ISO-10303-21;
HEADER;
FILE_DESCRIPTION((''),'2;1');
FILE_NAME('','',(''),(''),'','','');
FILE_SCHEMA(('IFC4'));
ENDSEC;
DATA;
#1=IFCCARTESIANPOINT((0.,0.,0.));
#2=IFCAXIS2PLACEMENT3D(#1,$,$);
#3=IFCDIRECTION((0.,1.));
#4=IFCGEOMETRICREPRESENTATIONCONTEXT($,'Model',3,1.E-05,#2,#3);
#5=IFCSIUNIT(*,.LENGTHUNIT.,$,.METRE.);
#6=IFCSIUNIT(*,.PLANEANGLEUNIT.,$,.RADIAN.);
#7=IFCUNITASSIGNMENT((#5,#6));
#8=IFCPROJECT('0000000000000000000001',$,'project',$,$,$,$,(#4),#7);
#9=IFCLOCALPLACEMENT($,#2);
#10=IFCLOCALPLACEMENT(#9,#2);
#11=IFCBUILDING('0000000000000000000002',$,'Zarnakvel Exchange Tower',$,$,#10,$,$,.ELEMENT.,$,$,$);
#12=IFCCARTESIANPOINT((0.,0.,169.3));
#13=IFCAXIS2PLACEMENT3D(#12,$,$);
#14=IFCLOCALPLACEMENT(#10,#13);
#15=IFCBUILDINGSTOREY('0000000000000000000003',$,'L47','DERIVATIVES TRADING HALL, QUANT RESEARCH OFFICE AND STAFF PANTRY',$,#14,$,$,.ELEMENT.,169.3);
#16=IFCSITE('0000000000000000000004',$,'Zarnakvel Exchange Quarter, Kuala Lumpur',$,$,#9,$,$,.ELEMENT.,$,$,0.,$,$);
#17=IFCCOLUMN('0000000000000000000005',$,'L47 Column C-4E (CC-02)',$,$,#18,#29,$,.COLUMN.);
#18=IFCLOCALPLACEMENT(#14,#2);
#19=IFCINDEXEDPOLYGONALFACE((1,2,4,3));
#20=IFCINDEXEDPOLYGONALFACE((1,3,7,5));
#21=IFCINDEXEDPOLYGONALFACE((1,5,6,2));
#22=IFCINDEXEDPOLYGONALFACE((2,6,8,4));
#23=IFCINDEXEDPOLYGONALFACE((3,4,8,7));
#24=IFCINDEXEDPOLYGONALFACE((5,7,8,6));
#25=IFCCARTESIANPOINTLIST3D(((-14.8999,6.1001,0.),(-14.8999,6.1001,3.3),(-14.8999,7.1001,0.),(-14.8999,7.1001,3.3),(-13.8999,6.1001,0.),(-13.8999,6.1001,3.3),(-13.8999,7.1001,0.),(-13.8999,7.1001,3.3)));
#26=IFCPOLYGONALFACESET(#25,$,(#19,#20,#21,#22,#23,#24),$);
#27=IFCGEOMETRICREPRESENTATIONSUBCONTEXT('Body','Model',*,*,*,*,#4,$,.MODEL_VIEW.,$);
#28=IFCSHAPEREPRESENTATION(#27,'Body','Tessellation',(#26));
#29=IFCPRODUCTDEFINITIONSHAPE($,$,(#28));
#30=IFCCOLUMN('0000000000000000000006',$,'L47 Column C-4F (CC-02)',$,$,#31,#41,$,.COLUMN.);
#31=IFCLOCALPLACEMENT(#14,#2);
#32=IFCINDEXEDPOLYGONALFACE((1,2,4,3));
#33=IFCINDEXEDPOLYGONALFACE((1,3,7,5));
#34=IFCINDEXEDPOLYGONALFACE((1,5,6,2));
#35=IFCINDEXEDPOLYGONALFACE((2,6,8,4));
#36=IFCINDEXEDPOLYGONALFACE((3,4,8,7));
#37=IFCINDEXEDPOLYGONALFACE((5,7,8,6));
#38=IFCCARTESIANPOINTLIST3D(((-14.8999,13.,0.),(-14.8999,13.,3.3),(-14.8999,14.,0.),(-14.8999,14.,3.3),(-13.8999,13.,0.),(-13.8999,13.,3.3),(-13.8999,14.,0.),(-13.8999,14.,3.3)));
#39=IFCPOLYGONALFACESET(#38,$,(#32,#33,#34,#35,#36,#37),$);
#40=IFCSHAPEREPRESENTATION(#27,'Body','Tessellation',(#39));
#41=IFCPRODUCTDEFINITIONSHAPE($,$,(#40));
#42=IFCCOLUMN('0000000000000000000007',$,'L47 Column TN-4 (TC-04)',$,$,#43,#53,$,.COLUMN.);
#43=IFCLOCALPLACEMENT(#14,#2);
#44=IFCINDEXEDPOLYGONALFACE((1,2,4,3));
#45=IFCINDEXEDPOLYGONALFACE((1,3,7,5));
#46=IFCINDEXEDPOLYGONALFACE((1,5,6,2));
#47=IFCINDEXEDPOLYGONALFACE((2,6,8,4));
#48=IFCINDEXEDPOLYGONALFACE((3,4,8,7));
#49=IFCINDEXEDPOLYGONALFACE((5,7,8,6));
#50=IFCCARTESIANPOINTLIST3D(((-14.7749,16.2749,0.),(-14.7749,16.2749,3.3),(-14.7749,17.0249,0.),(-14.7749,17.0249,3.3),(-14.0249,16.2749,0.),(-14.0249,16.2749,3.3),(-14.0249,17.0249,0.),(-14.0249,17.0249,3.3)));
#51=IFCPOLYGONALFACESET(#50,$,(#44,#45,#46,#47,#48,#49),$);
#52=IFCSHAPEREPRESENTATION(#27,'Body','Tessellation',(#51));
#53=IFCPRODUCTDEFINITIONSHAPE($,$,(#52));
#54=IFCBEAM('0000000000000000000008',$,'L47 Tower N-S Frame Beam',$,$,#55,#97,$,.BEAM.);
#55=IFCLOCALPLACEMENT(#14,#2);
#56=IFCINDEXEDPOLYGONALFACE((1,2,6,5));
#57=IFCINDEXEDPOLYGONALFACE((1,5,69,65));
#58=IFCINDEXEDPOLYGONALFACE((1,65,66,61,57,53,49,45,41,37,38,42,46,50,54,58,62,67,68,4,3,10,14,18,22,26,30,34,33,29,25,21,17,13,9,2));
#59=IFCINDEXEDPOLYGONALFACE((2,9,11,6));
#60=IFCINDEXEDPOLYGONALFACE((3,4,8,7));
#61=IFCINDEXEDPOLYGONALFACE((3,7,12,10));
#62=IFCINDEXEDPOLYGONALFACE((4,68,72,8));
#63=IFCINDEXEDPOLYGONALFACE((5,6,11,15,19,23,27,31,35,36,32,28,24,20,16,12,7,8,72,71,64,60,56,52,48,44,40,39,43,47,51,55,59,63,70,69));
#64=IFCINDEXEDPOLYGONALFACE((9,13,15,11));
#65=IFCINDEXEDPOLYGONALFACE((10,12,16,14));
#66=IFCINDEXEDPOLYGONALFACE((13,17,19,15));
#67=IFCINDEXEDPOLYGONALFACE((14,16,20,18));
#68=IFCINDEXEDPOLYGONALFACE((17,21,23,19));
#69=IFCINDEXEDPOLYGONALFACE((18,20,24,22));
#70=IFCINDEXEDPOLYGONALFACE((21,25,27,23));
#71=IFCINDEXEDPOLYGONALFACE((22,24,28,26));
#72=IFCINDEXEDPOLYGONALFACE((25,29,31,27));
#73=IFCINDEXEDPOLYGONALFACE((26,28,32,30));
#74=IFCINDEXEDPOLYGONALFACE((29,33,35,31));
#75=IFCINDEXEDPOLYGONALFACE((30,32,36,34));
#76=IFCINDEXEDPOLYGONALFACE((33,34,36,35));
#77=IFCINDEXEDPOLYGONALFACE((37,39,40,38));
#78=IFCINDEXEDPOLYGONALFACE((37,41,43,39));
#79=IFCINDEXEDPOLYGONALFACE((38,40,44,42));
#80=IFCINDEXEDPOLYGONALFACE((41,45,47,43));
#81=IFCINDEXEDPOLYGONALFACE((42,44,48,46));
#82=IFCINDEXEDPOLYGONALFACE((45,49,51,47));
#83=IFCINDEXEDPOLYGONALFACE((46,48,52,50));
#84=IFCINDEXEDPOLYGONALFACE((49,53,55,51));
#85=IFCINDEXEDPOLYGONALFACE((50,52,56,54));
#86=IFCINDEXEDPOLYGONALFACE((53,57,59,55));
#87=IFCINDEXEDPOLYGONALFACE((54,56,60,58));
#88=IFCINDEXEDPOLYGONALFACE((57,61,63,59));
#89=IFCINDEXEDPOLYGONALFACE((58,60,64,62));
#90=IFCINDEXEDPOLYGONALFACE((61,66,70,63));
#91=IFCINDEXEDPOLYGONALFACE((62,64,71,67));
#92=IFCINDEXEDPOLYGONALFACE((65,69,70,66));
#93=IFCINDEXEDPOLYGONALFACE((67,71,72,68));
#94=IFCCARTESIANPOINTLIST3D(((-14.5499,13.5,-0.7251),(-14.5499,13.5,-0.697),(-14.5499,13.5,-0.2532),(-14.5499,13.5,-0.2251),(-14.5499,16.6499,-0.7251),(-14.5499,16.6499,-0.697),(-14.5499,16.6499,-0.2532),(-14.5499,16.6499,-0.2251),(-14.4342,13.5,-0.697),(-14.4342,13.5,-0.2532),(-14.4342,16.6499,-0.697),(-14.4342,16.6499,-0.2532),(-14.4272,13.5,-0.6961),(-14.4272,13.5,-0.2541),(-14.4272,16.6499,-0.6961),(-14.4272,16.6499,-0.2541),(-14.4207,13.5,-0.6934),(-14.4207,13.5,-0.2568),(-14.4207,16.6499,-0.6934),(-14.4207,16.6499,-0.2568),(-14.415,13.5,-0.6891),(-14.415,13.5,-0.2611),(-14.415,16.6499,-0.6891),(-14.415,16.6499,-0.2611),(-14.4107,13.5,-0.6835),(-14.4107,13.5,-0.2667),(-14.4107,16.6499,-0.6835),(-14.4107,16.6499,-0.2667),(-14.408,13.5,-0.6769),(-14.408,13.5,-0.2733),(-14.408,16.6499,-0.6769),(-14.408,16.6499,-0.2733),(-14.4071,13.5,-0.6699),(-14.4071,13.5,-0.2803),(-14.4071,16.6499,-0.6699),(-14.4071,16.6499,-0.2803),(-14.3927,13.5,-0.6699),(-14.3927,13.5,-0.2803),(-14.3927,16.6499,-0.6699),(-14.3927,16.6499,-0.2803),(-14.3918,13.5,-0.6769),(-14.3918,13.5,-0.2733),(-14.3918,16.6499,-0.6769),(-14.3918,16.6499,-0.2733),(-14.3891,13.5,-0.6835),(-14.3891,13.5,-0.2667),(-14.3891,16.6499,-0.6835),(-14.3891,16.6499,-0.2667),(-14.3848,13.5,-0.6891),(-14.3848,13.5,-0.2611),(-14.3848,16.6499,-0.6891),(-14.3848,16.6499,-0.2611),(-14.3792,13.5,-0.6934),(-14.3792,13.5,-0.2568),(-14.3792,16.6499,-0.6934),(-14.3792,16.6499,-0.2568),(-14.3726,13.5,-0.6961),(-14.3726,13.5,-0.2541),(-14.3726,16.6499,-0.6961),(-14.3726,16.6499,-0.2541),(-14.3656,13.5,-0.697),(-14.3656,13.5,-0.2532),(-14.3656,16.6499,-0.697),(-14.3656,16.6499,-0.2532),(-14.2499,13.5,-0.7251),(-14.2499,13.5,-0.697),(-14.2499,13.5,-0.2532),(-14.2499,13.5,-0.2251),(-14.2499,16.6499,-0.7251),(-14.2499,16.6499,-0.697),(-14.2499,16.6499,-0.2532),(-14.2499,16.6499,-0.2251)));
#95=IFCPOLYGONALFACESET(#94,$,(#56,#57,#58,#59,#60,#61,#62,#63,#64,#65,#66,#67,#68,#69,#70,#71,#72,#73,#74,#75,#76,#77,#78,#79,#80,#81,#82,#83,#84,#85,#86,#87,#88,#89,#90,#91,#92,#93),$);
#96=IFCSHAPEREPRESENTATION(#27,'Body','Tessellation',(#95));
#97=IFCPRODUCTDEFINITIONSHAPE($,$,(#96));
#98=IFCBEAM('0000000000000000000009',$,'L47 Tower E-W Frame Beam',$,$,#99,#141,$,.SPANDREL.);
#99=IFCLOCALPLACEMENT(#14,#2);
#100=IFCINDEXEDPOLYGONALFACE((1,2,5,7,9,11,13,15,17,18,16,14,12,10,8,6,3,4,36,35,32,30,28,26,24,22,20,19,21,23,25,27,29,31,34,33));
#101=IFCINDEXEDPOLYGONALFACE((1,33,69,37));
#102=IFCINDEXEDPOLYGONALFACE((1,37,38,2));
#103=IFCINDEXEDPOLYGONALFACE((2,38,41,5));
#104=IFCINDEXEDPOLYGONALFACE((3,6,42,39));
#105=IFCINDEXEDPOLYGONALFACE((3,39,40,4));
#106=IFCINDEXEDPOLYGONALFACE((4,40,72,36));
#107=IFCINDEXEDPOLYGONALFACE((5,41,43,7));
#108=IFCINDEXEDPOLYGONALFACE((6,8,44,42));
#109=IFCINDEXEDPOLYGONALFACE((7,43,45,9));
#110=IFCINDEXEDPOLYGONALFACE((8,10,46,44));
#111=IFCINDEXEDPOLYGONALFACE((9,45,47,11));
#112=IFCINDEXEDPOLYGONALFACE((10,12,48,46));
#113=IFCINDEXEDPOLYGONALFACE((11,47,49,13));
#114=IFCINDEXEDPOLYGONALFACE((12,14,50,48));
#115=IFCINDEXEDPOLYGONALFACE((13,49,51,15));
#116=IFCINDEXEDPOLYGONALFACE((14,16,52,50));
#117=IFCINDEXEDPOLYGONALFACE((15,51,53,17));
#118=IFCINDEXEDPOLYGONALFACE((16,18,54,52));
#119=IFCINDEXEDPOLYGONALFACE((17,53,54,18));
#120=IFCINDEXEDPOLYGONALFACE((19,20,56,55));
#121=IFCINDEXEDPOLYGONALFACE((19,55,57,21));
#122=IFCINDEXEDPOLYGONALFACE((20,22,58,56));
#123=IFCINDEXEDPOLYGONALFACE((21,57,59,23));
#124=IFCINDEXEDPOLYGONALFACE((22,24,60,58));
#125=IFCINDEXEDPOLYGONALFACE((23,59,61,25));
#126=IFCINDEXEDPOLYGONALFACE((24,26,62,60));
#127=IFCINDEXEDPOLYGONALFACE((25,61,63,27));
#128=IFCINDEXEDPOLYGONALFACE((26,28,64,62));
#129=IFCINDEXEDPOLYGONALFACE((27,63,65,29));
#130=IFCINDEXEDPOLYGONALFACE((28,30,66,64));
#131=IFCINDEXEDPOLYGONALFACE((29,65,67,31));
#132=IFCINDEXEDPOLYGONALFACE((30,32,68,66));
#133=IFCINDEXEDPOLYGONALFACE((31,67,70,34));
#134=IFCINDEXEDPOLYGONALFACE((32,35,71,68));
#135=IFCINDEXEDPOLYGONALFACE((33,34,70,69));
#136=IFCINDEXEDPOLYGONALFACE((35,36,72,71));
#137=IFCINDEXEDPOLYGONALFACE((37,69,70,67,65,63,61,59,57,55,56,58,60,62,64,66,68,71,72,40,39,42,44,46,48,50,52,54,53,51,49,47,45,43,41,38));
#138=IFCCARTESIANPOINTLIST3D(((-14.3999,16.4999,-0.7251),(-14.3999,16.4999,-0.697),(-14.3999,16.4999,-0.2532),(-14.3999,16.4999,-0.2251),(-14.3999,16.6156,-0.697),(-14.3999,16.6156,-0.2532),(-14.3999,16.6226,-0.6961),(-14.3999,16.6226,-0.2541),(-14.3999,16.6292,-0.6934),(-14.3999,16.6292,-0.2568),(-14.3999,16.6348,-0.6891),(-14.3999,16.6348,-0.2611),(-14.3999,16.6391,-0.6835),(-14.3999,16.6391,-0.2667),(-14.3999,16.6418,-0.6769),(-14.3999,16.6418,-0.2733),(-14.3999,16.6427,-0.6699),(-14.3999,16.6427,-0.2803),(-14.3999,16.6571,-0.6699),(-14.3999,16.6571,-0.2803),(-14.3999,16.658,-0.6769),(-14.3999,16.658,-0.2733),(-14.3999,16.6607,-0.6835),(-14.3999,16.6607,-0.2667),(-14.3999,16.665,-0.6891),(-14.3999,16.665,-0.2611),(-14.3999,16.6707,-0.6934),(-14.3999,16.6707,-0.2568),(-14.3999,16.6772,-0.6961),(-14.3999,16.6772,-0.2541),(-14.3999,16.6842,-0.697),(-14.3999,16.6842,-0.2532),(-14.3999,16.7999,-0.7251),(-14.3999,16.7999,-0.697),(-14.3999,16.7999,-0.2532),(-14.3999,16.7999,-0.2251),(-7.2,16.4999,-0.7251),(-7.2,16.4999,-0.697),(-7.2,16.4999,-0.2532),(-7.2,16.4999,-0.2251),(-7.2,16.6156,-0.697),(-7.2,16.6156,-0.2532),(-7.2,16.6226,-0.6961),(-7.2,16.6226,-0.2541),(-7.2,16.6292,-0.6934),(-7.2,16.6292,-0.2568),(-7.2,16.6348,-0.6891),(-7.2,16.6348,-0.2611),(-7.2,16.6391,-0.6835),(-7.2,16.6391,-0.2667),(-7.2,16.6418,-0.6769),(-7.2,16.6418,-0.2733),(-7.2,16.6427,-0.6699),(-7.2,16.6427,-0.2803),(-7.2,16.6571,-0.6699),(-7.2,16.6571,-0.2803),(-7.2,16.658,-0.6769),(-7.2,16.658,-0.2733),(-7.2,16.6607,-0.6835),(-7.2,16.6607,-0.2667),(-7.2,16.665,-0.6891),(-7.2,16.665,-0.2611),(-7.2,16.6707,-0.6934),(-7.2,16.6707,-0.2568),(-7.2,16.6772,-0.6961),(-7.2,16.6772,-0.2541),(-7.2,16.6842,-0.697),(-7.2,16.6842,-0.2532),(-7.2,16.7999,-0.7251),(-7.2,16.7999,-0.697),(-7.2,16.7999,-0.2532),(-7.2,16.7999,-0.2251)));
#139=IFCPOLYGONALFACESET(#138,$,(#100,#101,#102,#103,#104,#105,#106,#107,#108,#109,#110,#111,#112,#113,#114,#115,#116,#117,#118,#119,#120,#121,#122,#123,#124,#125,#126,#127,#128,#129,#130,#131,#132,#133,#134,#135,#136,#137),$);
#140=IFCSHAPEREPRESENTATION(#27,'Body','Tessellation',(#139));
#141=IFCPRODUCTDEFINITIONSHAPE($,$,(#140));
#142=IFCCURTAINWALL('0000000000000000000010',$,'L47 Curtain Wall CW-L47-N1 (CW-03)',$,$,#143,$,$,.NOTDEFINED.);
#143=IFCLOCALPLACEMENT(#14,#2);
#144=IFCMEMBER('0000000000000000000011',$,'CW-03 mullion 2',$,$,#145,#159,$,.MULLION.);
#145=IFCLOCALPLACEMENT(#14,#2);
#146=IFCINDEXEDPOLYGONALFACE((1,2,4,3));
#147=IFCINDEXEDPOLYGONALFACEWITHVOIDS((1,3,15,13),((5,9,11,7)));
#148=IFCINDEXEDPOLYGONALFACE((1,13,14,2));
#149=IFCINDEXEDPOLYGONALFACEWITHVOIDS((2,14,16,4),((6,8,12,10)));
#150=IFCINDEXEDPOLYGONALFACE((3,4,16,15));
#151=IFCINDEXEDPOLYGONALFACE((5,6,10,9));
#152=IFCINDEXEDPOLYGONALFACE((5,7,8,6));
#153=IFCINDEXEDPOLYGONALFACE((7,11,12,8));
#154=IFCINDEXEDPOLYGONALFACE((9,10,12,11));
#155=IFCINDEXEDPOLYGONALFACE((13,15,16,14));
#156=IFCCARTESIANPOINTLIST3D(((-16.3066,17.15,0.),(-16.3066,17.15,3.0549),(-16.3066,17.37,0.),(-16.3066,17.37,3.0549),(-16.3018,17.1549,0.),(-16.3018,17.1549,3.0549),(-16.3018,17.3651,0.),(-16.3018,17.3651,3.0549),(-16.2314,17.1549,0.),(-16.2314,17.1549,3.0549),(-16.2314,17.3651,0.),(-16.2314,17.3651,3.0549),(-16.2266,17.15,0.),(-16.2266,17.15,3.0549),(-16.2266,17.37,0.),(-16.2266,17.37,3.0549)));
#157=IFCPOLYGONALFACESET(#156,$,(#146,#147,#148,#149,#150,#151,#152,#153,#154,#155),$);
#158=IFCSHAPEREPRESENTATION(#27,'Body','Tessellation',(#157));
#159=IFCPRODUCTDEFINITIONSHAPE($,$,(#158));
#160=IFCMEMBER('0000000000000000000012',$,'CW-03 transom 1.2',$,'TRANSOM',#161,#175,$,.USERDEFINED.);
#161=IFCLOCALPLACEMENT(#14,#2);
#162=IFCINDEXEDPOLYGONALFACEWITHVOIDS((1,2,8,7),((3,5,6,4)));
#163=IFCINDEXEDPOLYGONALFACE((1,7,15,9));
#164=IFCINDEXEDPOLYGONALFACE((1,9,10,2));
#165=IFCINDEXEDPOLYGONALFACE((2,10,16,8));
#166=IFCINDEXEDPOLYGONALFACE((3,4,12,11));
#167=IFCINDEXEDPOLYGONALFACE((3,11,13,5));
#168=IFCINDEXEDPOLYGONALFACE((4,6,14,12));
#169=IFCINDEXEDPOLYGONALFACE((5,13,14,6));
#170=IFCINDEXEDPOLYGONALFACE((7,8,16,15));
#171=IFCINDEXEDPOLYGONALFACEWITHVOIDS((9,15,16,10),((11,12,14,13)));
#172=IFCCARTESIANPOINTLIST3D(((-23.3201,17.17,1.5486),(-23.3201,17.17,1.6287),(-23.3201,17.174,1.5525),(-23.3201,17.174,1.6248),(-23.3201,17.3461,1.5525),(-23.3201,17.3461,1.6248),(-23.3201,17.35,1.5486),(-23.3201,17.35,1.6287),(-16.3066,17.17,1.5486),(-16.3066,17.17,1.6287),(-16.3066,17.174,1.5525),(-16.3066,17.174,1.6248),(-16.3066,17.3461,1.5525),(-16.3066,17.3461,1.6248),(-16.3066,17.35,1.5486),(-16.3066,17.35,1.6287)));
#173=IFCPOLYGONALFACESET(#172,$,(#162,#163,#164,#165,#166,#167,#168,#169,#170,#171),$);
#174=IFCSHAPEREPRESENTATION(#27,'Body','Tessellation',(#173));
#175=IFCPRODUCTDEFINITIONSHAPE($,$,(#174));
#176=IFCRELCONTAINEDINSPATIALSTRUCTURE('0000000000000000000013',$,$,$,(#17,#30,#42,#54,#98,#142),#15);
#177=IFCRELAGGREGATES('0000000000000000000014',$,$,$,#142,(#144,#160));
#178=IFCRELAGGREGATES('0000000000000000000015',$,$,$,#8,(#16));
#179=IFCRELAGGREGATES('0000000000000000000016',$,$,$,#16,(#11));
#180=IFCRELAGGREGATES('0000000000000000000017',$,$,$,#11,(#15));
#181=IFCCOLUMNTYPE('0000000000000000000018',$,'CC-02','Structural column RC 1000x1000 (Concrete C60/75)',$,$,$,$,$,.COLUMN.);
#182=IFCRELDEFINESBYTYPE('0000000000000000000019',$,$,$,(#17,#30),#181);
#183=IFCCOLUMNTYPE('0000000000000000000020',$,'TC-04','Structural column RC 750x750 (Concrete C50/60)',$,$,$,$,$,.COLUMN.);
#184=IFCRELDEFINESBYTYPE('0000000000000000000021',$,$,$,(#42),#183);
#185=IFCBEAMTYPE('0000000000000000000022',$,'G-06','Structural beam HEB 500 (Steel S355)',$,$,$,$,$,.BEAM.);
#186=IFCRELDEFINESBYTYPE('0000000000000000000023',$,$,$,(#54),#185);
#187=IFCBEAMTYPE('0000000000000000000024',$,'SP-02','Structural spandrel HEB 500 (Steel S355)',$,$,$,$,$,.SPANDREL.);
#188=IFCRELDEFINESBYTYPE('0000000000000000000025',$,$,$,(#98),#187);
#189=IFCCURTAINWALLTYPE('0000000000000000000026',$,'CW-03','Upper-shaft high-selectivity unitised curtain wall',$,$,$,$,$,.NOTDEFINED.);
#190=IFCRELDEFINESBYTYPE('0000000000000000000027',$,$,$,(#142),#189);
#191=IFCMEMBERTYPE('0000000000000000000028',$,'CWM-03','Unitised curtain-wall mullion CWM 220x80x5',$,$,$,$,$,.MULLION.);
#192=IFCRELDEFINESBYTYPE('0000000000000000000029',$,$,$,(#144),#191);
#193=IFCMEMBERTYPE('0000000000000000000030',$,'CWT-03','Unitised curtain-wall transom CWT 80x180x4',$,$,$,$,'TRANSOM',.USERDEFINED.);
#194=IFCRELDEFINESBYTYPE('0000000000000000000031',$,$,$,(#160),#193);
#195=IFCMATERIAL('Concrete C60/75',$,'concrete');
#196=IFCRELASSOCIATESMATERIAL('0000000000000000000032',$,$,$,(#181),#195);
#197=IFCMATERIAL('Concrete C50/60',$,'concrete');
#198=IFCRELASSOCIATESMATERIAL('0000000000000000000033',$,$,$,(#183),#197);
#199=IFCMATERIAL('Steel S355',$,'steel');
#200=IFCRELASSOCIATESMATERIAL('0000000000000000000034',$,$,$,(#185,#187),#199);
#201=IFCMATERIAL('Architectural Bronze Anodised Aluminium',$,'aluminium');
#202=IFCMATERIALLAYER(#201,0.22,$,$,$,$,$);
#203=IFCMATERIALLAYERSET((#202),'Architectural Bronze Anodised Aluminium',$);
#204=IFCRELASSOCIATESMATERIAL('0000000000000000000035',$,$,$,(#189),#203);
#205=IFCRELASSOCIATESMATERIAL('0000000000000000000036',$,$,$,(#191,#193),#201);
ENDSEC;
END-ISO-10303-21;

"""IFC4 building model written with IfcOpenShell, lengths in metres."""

from ifc_helpers import new_model, si_unit, direction, frame, origin, origin_2d, place, context, subcontext, project, spatial, rectangle, hollow_rectangle, i_section, extrude, source, transform, mapped, material, layer, layer_set, material_profile, profile_set, type_object, element, aggregate, save


model = new_model("IFC4")

# Units and contexts
model_context = context("Model", 3, precision=1e-05, world=origin(), true_north=direction((0.0, 1.0)))
body_context = subcontext(model_context, "Body", "Model", "MODEL_VIEW")
ifc_project = project(units=[si_unit("LENGTHUNIT", "METRE"), si_unit("PLANEANGLEUNIT", "RADIAN")], contexts=[model_context])

# Site, building, storey
site_placement = place(None, origin())
site = spatial("IfcSite", under=ifc_project, at=site_placement, Name="Zarnakvel Exchange Quarter, Kuala Lumpur", CompositionType="ELEMENT", RefElevation=0.0)
building_placement = place(site_placement, origin())
building = spatial("IfcBuilding", under=site, at=building_placement, Name="Zarnakvel Exchange Tower", CompositionType="ELEMENT")
storey_placement = place(building_placement, frame((0.0, 0.0, 169.3)))
storey = spatial("IfcBuildingStorey", under=building, at=storey_placement, Name="L47", Description="DERIVATIVES TRADING HALL, QUANT RESEARCH OFFICE AND STAFF PANTRY", CompositionType="ELEMENT", Elevation=169.3)

# Columns
ifc_material_1 = material(Name="Concrete C60/75", Category="concrete")
ifc_material_profile_1 = material_profile(ifc_material_1, rectangle(XDim=1.0, YDim=1.0, at=origin_2d()))
ifc_profile_set_1 = profile_set([ifc_material_profile_1], Name="Concrete C60/75")
column_type_1 = type_object("IfcColumnType", Name="CC-02", Description="Structural column RC 1000x1000 (Concrete C60/75)", PredefinedType="COLUMN", material=ifc_profile_set_1)
for number, where, z_axis, x_axis, name in (
    (1, (-14.3999, 6.6001, 0.0), (0.0, 0.0, 1.0), (1.0, 0.0, 0.0), "L47 Column C-4E (CC-02)"),
    (2, (-14.3999, 13.5, 0.0), (0.0, 0.0, 1.0), (1.0, 0.0, 0.0), "L47 Column C-4F (CC-02)"),
):
    element("IfcColumn", number, at=place(storey_placement, frame(where, z_axis=z_axis, x_axis=x_axis)), inside=storey, type_object=column_type_1, Name=name, PredefinedType="COLUMN", context=body_context, shape_type="SweptSolid", body=[
        extrude(rectangle(XDim=1.0, YDim=1.0, at=origin_2d()), origin(), (0.0, 0.0, 1.0), 3.3),
    ])
ifc_material_2 = material(Name="Concrete C50/60", Category="concrete")
ifc_material_profile_2 = material_profile(ifc_material_2, rectangle(XDim=0.75, YDim=0.75, at=origin_2d()))
ifc_profile_set_2 = profile_set([ifc_material_profile_2], Name="Concrete C50/60")
column_type_2 = type_object("IfcColumnType", Name="TC-04", Description="Structural column RC 750x750 (Concrete C50/60)", PredefinedType="COLUMN", material=ifc_profile_set_2)
column_placement = place(storey_placement, frame((-14.3999, 16.6499, 0.0), z_axis=(0.0, 0.0, 1.0), x_axis=(1.0, 0.0, 0.0)))
element("IfcColumn", 3, at=column_placement, inside=storey, type_object=column_type_2, Name="L47 Column TN-4 (TC-04)", PredefinedType="COLUMN", context=body_context, shape_type="SweptSolid", body=[
    extrude(rectangle(XDim=0.75, YDim=0.75, at=origin_2d()), origin(), (0.0, 0.0, 1.0), 3.3),
])

# Beams
ifc_material_3 = material(Name="Steel S355", Category="steel")
ifc_material_profile_3 = material_profile(ifc_material_3, i_section(OverallWidth=0.3, OverallDepth=0.5, WebThickness=0.0144, FlangeThickness=0.0281, FilletRadius=0.0271, at=origin_2d()))
ifc_profile_set_3 = profile_set([ifc_material_profile_3], Name="Steel S355")
beam_type_1 = type_object("IfcBeamType", Name="G-06", Description="Structural beam HEB 500 (Steel S355)", PredefinedType="BEAM", material=ifc_profile_set_3)
beam_1_placement = place(storey_placement, frame((-14.3999, 13.5, -0.4751), z_axis=(0.0, 1.0, 0.0), x_axis=(-1.0, 0.0, 0.0)))
element("IfcBeam", 4, at=beam_1_placement, inside=storey, type_object=beam_type_1, Name="L47 Tower N-S Frame Beam", PredefinedType="BEAM", context=body_context, shape_type="SweptSolid", body=[
    extrude(i_section(OverallWidth=0.3, OverallDepth=0.5, WebThickness=0.0144, FlangeThickness=0.0281, FilletRadius=0.0271, at=origin_2d()), origin(), (0.0, 0.0, 1.0), 3.1499),
])
ifc_material_profile_4 = material_profile(ifc_material_3, i_section(OverallWidth=0.3, OverallDepth=0.5, WebThickness=0.0144, FlangeThickness=0.0281, FilletRadius=0.0271, at=origin_2d()))
ifc_profile_set_4 = profile_set([ifc_material_profile_4], Name="Steel S355")
beam_type_2 = type_object("IfcBeamType", Name="SP-02", Description="Structural spandrel HEB 500 (Steel S355)", PredefinedType="SPANDREL", material=ifc_profile_set_4)
beam_2_placement = place(storey_placement, frame((-14.3999, 16.6499, -0.4751), z_axis=(1.0, 0.0, 0.0), x_axis=(0.0, 1.0, 0.0)))
element("IfcBeam", 5, at=beam_2_placement, inside=storey, type_object=beam_type_2, Name="L47 Tower E-W Frame Beam", PredefinedType="SPANDREL", context=body_context, shape_type="SweptSolid", body=[
    extrude(i_section(OverallWidth=0.3, OverallDepth=0.5, WebThickness=0.0144, FlangeThickness=0.0281, FilletRadius=0.0271, at=origin_2d()), origin(), (0.0, 0.0, 1.0), 7.2),
])

# Curtain wall, members
ifc_material_4 = material(Name="Architectural Bronze Anodised Aluminium", Category="aluminium")
ifc_layer_1 = layer(ifc_material_4, 0.22)
ifc_layer_set_1 = layer_set([ifc_layer_1], Name="Architectural Bronze Anodised Aluminium")
curtain_wall_type = type_object("IfcCurtainWallType", Name="CW-03", Description="Upper-shaft high-selectivity unitised curtain wall", PredefinedType="NOTDEFINED", material=ifc_layer_set_1)
curtain_wall_placement = place(storey_placement, origin())
curtain_wall = element("IfcCurtainWall", 6, at=curtain_wall_placement, inside=storey, type_object=curtain_wall_type, Name="L47 Curtain Wall CW-L47-N1 (CW-03)", PredefinedType="NOTDEFINED")
ifc_material_profile_5 = material_profile(ifc_material_4, hollow_rectangle(XDim=0.22, YDim=0.0801, WallThickness=0.0049, at=origin_2d()))
ifc_profile_set_5 = profile_set([ifc_material_profile_5], Name="Architectural Bronze Anodised Aluminium")
member_type_1 = type_object("IfcMemberType", Name="CWM-03", Description="Unitised curtain-wall mullion CWM 220x80x5", PredefinedType="MULLION", material=ifc_profile_set_5)
shared_shape_1 = source(origin(), body_context, "Body", "SweptSolid", [
    extrude(hollow_rectangle(XDim=0.22, YDim=0.0801, WallThickness=0.0049, at=origin_2d()), origin(), (0.0, 0.0, 1.0), 3.0549),
])
member_1_placement = place(storey_placement, frame((-16.2666, 17.26, 0.0), z_axis=(0.0, 0.0, 1.0), x_axis=(0.0, 1.0, 0.0)))
member_1 = element("IfcMember", 7, at=member_1_placement, type_object=member_type_1, Name="CW-03 mullion 2", PredefinedType="MULLION", context=body_context, shape_type="MappedRepresentation", body=[
    mapped(shared_shape_1, transform((0.0, 0.0, 0.0), x_axis=(1.0, 0.0, 0.0), y_axis=(0.0, 1.0, 0.0), z_axis=(0.0, 0.0, 1.0), scale=1.0)),
])
ifc_material_profile_6 = material_profile(ifc_material_4, hollow_rectangle(XDim=0.1799, YDim=0.0801, WallThickness=0.0039, at=origin_2d()))
ifc_profile_set_6 = profile_set([ifc_material_profile_6], Name="Architectural Bronze Anodised Aluminium")
member_type_2 = type_object("IfcMemberType", Name="CWT-03", Description="Unitised curtain-wall transom CWT 80x180x4", ElementType="TRANSOM", PredefinedType="USERDEFINED", material=ifc_profile_set_6)
shared_shape_2 = source(origin(), body_context, "Body", "SweptSolid", [
    extrude(hollow_rectangle(XDim=0.1799, YDim=0.0801, WallThickness=0.0039, at=origin_2d()), origin(), (0.0, 0.0, 1.0), 7.0134),
])
member_2_placement = place(storey_placement, frame((-23.3201, 17.26, 1.5886), z_axis=(1.0, 0.0, 0.0), x_axis=(0.0, 1.0, 0.0)))
member_2 = element("IfcMember", 8, at=member_2_placement, type_object=member_type_2, Name="CW-03 transom 1.2", ObjectType="TRANSOM", PredefinedType="USERDEFINED", context=body_context, shape_type="MappedRepresentation", body=[
    mapped(shared_shape_2, transform((0.0, 0.0, 0.0), x_axis=(1.0, 0.0, 0.0), y_axis=(0.0, 1.0, 0.0), z_axis=(0.0, 0.0, 1.0), scale=1.0)),
])
aggregate(curtain_wall, [member_1, member_2])

save(model, "model.ifc")
